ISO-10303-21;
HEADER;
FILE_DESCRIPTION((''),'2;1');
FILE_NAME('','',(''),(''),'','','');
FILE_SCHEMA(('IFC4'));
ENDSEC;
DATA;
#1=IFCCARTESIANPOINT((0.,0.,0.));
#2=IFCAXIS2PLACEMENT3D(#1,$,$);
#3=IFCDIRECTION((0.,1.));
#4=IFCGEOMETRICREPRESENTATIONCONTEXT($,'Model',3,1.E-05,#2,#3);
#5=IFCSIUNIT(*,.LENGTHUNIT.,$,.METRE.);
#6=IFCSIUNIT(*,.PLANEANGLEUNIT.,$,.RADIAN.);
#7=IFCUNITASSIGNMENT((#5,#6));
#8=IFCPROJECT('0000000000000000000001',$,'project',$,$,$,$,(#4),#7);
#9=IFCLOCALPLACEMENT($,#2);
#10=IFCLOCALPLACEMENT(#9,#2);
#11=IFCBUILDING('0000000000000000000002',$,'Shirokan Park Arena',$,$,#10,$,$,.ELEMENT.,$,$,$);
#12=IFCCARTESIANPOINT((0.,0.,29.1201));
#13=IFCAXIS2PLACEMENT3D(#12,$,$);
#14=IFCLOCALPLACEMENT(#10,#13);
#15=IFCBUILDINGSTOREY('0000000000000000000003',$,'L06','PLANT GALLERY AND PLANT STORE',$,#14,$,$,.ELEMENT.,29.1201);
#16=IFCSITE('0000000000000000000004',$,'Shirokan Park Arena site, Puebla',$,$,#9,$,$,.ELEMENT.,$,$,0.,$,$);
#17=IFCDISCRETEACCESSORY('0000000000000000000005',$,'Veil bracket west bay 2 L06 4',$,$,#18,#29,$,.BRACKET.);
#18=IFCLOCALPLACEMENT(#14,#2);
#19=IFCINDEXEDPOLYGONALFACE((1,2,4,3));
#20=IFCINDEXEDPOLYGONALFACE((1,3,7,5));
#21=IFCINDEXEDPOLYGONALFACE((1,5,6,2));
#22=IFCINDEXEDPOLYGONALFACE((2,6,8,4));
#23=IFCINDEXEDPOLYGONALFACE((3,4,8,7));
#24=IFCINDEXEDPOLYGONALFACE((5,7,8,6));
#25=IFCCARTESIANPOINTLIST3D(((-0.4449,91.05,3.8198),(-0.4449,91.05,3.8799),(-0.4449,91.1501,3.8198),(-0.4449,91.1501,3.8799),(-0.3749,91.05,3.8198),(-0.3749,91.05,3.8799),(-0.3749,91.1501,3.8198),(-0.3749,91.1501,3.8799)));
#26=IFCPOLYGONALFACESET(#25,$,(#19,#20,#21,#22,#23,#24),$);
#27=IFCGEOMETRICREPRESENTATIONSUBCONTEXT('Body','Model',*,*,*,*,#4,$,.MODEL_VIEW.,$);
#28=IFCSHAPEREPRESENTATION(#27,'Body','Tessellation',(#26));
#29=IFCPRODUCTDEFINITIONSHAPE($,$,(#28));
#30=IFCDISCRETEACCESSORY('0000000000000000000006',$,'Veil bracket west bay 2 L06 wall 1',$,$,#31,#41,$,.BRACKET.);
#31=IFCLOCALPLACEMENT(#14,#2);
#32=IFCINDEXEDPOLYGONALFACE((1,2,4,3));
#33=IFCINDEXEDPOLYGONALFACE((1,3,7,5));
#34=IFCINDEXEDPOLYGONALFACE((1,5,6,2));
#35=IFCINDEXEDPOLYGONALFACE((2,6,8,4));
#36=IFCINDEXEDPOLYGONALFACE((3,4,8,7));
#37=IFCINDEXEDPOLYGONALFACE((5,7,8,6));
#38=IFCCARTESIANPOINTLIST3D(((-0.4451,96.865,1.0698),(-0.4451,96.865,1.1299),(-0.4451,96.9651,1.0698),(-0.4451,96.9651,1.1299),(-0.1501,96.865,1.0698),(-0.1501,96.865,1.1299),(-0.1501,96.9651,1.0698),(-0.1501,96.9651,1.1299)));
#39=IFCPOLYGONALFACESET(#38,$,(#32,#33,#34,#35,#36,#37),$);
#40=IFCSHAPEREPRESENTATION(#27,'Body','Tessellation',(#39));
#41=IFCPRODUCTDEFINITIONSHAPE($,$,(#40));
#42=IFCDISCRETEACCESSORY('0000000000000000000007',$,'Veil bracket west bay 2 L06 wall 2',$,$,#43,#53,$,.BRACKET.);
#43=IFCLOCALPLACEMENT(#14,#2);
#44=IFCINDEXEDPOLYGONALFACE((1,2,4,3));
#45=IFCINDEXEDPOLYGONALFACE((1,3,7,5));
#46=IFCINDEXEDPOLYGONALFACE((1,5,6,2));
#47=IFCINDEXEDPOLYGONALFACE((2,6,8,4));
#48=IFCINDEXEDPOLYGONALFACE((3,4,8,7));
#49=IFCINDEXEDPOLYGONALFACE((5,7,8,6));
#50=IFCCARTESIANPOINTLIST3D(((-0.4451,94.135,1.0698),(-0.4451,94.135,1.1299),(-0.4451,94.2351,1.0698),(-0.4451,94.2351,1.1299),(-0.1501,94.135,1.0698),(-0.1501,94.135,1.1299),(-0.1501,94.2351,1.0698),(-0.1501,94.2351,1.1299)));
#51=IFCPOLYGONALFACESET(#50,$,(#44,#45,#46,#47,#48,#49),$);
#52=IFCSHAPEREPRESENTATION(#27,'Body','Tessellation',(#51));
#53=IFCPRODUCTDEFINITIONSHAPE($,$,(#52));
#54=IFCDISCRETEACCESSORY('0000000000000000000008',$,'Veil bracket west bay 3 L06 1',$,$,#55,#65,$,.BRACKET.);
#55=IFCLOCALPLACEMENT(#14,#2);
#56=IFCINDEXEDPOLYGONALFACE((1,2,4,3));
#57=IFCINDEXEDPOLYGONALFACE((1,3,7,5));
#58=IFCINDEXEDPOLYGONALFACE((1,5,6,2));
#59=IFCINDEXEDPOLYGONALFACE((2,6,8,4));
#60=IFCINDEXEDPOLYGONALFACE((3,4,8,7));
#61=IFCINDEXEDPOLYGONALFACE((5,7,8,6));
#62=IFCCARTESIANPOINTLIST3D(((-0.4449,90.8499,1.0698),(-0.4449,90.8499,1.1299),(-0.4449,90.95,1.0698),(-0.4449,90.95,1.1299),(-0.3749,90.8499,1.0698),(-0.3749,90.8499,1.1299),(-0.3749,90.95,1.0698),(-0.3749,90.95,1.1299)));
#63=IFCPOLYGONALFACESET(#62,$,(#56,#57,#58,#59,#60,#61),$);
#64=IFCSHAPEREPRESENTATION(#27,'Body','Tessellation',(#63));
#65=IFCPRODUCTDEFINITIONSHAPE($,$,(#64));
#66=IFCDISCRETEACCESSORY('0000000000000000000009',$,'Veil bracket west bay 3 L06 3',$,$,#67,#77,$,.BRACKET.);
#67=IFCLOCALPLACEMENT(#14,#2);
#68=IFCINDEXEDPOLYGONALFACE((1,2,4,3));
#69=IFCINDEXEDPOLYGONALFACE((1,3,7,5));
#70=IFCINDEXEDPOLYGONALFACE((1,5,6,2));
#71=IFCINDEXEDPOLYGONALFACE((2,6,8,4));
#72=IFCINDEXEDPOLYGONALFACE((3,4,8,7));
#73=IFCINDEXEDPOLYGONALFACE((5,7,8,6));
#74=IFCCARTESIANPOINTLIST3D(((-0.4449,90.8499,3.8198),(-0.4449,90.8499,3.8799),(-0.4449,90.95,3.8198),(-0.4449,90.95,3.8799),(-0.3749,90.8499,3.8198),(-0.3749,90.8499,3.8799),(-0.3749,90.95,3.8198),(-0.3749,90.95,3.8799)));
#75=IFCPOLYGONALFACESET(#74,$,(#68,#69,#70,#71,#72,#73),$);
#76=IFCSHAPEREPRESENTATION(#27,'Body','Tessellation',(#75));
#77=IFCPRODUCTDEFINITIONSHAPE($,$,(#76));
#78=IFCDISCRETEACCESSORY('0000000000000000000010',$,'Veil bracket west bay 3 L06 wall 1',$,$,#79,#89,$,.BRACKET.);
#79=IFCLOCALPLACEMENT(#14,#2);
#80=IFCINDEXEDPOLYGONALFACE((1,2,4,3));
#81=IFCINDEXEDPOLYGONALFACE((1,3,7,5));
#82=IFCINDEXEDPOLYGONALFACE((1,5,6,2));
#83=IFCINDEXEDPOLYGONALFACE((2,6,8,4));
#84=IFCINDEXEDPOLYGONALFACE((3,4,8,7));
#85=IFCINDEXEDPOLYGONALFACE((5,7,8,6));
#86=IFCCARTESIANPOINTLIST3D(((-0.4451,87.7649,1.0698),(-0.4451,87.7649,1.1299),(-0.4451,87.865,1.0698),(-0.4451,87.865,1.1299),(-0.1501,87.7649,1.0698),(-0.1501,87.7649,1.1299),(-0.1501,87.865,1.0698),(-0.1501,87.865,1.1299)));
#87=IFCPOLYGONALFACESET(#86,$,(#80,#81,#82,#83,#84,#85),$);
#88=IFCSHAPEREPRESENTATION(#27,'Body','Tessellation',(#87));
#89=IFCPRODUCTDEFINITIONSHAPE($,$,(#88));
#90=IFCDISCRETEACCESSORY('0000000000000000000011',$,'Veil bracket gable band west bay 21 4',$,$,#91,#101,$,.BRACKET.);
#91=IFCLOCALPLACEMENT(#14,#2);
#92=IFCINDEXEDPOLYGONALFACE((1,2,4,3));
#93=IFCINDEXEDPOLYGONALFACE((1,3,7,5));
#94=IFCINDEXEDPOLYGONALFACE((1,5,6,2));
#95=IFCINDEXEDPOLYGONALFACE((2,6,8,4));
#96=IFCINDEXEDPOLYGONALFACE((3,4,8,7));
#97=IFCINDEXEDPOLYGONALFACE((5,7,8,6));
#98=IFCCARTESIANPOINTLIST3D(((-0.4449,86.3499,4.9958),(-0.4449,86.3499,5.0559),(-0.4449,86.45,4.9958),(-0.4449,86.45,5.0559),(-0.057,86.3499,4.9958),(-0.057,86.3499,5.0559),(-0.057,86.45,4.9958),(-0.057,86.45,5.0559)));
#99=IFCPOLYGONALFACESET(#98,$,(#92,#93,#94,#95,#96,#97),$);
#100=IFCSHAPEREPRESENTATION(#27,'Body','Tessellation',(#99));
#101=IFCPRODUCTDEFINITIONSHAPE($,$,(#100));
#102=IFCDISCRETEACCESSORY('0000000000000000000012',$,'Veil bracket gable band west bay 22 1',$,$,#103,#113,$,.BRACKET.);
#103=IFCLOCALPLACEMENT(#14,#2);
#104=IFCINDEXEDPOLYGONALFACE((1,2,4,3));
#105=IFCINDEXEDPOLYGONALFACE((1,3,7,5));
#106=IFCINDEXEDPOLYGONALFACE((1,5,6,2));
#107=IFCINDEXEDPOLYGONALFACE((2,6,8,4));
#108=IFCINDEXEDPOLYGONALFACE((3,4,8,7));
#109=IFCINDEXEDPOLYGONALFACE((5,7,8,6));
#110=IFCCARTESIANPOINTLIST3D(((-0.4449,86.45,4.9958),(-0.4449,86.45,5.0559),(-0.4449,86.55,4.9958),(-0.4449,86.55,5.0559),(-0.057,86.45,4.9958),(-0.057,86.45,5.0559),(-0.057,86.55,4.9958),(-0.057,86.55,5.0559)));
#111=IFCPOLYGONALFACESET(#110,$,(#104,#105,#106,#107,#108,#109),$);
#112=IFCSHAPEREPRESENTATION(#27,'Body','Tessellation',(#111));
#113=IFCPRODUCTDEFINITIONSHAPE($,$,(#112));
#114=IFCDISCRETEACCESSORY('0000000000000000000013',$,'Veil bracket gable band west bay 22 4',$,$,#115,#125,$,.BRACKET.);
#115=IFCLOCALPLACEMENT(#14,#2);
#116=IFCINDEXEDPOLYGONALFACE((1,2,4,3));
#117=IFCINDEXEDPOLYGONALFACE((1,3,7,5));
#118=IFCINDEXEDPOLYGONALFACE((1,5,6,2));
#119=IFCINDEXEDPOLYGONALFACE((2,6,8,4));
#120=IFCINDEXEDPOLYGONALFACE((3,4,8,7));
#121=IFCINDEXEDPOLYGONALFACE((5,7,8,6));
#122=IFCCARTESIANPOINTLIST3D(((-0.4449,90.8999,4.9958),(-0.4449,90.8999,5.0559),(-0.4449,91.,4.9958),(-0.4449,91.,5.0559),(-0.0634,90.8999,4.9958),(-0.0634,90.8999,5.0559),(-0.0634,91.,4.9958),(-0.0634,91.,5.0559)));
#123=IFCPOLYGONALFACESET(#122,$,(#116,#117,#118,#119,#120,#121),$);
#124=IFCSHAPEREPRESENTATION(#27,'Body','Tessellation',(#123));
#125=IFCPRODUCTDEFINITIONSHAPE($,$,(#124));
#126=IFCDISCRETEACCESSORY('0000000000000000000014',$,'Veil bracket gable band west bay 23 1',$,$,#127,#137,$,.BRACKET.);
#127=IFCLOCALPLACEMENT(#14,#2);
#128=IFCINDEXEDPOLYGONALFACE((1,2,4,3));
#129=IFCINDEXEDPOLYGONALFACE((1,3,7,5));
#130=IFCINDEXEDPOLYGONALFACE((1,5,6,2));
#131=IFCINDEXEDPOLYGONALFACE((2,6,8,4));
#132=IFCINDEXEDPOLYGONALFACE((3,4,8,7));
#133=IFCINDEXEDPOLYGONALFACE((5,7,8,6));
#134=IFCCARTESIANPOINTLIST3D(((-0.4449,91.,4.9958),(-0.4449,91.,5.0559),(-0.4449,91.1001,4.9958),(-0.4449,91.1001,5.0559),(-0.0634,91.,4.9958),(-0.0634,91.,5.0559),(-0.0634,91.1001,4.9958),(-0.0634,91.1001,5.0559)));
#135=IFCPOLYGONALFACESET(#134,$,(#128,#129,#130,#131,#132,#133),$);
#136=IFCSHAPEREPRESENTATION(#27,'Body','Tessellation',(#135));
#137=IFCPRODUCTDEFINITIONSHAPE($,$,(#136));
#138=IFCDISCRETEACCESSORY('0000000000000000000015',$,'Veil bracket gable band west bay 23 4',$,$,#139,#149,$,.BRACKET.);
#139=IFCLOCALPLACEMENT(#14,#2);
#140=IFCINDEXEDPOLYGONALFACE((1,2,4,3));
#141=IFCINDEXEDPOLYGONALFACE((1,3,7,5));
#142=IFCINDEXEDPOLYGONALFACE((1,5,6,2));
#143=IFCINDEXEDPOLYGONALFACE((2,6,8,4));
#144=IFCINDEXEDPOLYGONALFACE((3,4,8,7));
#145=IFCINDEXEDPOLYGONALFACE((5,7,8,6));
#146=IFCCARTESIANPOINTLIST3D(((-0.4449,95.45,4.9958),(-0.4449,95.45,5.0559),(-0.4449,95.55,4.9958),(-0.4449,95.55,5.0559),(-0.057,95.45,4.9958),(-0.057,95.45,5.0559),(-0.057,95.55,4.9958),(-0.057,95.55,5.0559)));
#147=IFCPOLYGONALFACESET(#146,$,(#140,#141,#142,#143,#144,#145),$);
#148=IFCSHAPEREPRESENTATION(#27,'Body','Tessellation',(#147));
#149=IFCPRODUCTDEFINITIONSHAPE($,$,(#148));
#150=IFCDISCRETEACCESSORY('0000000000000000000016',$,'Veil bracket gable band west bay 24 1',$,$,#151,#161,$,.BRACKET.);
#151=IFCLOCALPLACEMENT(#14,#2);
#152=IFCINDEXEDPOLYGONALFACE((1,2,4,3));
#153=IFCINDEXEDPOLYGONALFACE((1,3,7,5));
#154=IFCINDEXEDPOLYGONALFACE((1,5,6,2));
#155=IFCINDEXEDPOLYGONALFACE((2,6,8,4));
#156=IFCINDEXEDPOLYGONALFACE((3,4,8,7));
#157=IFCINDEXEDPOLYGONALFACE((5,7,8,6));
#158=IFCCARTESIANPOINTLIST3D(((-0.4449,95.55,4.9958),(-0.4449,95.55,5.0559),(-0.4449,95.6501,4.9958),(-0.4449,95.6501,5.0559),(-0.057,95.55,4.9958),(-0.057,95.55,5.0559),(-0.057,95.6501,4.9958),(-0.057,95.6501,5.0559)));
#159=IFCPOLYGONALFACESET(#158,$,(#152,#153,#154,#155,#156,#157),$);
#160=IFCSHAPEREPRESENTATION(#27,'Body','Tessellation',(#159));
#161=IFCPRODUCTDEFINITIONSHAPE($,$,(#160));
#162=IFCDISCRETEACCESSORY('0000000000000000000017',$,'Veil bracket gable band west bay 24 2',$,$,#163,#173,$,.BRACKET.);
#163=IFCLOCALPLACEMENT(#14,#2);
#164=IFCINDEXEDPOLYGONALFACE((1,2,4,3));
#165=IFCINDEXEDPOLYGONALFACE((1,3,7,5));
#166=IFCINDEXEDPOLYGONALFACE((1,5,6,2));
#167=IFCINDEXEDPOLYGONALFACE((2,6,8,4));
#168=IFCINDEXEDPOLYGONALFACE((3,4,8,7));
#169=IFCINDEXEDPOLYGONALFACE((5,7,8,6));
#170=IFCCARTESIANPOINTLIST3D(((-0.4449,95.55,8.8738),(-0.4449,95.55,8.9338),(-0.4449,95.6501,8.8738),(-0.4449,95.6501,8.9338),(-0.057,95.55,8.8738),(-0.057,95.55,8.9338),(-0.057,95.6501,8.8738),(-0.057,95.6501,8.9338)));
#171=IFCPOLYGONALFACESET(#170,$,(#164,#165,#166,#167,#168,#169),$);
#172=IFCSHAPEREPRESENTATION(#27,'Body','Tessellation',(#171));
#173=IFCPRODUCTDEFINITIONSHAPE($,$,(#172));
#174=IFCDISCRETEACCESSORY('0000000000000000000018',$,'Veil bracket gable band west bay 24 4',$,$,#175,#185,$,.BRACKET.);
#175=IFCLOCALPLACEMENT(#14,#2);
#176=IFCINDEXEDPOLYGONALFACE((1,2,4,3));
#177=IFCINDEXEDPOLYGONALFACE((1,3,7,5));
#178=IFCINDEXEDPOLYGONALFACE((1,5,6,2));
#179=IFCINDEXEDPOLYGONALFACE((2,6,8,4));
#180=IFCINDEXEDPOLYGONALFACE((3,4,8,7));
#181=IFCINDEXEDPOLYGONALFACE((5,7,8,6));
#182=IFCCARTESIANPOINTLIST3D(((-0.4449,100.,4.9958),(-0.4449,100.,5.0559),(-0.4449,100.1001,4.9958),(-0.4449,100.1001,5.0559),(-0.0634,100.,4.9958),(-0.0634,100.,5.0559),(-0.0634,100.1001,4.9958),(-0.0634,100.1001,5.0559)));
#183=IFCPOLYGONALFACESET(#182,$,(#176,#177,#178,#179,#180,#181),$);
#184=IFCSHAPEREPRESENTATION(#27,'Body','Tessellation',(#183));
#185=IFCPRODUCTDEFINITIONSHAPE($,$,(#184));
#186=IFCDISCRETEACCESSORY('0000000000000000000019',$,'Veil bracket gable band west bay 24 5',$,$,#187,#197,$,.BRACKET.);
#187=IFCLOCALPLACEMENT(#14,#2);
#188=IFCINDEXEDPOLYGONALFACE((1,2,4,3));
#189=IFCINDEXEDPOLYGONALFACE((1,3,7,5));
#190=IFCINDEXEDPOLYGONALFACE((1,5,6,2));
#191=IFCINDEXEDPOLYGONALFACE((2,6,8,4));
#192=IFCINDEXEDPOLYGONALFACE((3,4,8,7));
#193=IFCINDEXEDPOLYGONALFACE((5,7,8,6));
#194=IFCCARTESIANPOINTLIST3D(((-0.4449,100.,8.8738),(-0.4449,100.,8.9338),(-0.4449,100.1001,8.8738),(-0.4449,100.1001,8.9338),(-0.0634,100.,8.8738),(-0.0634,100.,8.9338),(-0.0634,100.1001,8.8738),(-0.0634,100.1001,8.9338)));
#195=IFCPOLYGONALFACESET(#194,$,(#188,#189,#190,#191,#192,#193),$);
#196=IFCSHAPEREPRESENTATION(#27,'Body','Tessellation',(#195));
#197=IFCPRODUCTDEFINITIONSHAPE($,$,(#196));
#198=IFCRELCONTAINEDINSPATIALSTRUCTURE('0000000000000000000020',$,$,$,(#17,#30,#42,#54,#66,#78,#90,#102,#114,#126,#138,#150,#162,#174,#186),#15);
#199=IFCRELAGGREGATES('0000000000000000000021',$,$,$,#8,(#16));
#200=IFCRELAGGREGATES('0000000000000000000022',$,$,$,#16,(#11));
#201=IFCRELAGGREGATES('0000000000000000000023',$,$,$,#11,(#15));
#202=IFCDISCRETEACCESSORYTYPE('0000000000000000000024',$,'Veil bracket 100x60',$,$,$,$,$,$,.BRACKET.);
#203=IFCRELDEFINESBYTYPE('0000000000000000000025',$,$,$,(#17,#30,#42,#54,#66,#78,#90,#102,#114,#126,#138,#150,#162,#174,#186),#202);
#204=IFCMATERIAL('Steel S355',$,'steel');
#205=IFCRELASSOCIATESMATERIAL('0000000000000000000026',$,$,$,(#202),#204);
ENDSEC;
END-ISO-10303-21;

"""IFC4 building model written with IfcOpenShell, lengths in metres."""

from ifc_helpers import new_model, si_unit, direction, frame, origin, origin_2d, place, context, subcontext, project, spatial, rectangle, extrude, material, type_object, element, save


model = new_model("IFC4")

# Units and contexts
model_context = context("Model", 3, precision=1e-05, world=origin(), true_north=direction((0.0, 1.0)))
body_context = subcontext(model_context, "Body", "Model", "MODEL_VIEW")
ifc_project = project(units=[si_unit("LENGTHUNIT", "METRE"), si_unit("PLANEANGLEUNIT", "RADIAN")], contexts=[model_context])

# Site, building, storey
site_placement = place(None, origin())
site = spatial("IfcSite", under=ifc_project, at=site_placement, Name="Shirokan Park Arena site, Puebla", CompositionType="ELEMENT", RefElevation=0.0)
building_placement = place(site_placement, origin())
building = spatial("IfcBuilding", under=site, at=building_placement, Name="Shirokan Park Arena", CompositionType="ELEMENT")
storey_placement = place(building_placement, frame((0.0, 0.0, 29.1201)))
storey = spatial("IfcBuildingStorey", under=building, at=storey_placement, Name="L06", Description="PLANT GALLERY AND PLANT STORE", CompositionType="ELEMENT", Elevation=29.1201)

# Discrete accessories
ifc_material_1 = material(Name="Steel S355", Category="steel")
discrete_accessory_type = type_object("IfcDiscreteAccessoryType", Name="Veil bracket 100x60", PredefinedType="BRACKET", material=ifc_material_1)
for number, where, z_axis, x_axis, name in (
    (1, (-0.4099, 91.1001, 3.8198), (0.0, 0.0, 1.0), (0.0, -1.0, 0.0), "Veil bracket west bay 2 L06 4"),
):
    element("IfcDiscreteAccessory", number, at=place(storey_placement, frame(where, z_axis=z_axis, x_axis=x_axis)), inside=storey, type_object=discrete_accessory_type, Name=name, PredefinedType="BRACKET", context=body_context, shape_type="SweptSolid", body=[
        extrude(rectangle(XDim=0.1001, YDim=0.0701, at=origin_2d()), origin(), (0.0, 0.0, 1.0), 0.0601),
    ])
for number, where, z_axis, x_axis, name in (
    (2, (-0.2976, 96.915, 1.0698), (0.0, 0.0, 1.0), (0.0, -1.0, 0.0), "Veil bracket west bay 2 L06 wall 1"),
    (3, (-0.2976, 94.1851, 1.0698), (0.0, 0.0, 1.0), (0.0, -1.0, 0.0), "Veil bracket west bay 2 L06 wall 2"),
):
    element("IfcDiscreteAccessory", number, at=place(storey_placement, frame(where, z_axis=z_axis, x_axis=x_axis)), inside=storey, type_object=discrete_accessory_type, Name=name, PredefinedType="BRACKET", context=body_context, shape_type="SweptSolid", body=[
        extrude(rectangle(XDim=0.1001, YDim=0.2949, at=origin_2d()), origin(), (0.0, 0.0, 1.0), 0.0601),
    ])
for number, where, z_axis, x_axis, name in (
    (4, (-0.4099, 90.8999, 1.0698), (0.0, 0.0, 1.0), (0.0, -1.0, 0.0), "Veil bracket west bay 3 L06 1"),
    (5, (-0.4099, 90.8999, 3.8198), (0.0, 0.0, 1.0), (0.0, -1.0, 0.0), "Veil bracket west bay 3 L06 3"),
):
    element("IfcDiscreteAccessory", number, at=place(storey_placement, frame(where, z_axis=z_axis, x_axis=x_axis)), inside=storey, type_object=discrete_accessory_type, Name=name, PredefinedType="BRACKET", context=body_context, shape_type="SweptSolid", body=[
        extrude(rectangle(XDim=0.1001, YDim=0.0701, at=origin_2d()), origin(), (0.0, 0.0, 1.0), 0.0601),
    ])
discrete_accessory_placement = place(storey_placement, frame((-0.2976, 87.8149, 1.0698), z_axis=(0.0, 0.0, 1.0), x_axis=(0.0, -1.0, 0.0)))
element("IfcDiscreteAccessory", 6, at=discrete_accessory_placement, inside=storey, type_object=discrete_accessory_type, Name="Veil bracket west bay 3 L06 wall 1", PredefinedType="BRACKET", context=body_context, shape_type="SweptSolid", body=[
    extrude(rectangle(XDim=0.1001, YDim=0.2949, at=origin_2d()), origin(), (0.0, 0.0, 1.0), 0.0601),
])
for number, where, z_axis, x_axis, name in (
    (7, (-0.251, 86.3999, 4.9958), (0.0, 0.0, 1.0), (1.0, 0.0, 0.0), "Veil bracket gable band west bay 21 4"),
    (8, (-0.251, 86.5, 4.9958), (0.0, 0.0, 1.0), (1.0, 0.0, 0.0), "Veil bracket gable band west bay 22 1"),
):
    element("IfcDiscreteAccessory", number, at=place(storey_placement, frame(where, z_axis=z_axis, x_axis=x_axis)), inside=storey, type_object=discrete_accessory_type, Name=name, PredefinedType="BRACKET", context=body_context, shape_type="SweptSolid", body=[
        extrude(rectangle(XDim=0.3879, YDim=0.1001, at=origin_2d()), origin(), (0.0, 0.0, 1.0), 0.0601),
    ])
for number, where, z_axis, x_axis, name in (
    (9, (-0.2542, 90.95, 4.9958), (0.0, 0.0, 1.0), (1.0, 0.0, 0.0), "Veil bracket gable band west bay 22 4"),
    (10, (-0.2542, 91.05, 4.9958), (0.0, 0.0, 1.0), (1.0, 0.0, 0.0), "Veil bracket gable band west bay 23 1"),
):
    element("IfcDiscreteAccessory", number, at=place(storey_placement, frame(where, z_axis=z_axis, x_axis=x_axis)), inside=storey, type_object=discrete_accessory_type, Name=name, PredefinedType="BRACKET", context=body_context, shape_type="SweptSolid", body=[
        extrude(rectangle(XDim=0.3816, YDim=0.1001, at=origin_2d()), origin(), (0.0, 0.0, 1.0), 0.0601),
    ])
for number, where, z_axis, x_axis, name in (
    (11, (-0.251, 95.5, 4.9958), (0.0, 0.0, 1.0), (1.0, 0.0, 0.0), "Veil bracket gable band west bay 23 4"),
    (12, (-0.251, 95.6001, 4.9958), (0.0, 0.0, 1.0), (1.0, 0.0, 0.0), "Veil bracket gable band west bay 24 1"),
    (13, (-0.251, 95.6001, 8.8738), (0.0, 0.0, 1.0), (1.0, 0.0, 0.0), "Veil bracket gable band west bay 24 2"),
):
    element("IfcDiscreteAccessory", number, at=place(storey_placement, frame(where, z_axis=z_axis, x_axis=x_axis)), inside=storey, type_object=discrete_accessory_type, Name=name, PredefinedType="BRACKET", context=body_context, shape_type="SweptSolid", body=[
        extrude(rectangle(XDim=0.3879, YDim=0.1001, at=origin_2d()), origin(), (0.0, 0.0, 1.0), 0.0601),
    ])
for number, where, z_axis, x_axis, name in (
    (14, (-0.2542, 100.05, 4.9958), (0.0, 0.0, 1.0), (1.0, 0.0, 0.0), "Veil bracket gable band west bay 24 4"),
    (15, (-0.2542, 100.05, 8.8738), (0.0, 0.0, 1.0), (1.0, 0.0, 0.0), "Veil bracket gable band west bay 24 5"),
):
    element("IfcDiscreteAccessory", number, at=place(storey_placement, frame(where, z_axis=z_axis, x_axis=x_axis)), inside=storey, type_object=discrete_accessory_type, Name=name, PredefinedType="BRACKET", context=body_context, shape_type="SweptSolid", body=[
        extrude(rectangle(XDim=0.3816, YDim=0.1001, at=origin_2d()), origin(), (0.0, 0.0, 1.0), 0.0601),
    ])

save(model, "model.ifc")
